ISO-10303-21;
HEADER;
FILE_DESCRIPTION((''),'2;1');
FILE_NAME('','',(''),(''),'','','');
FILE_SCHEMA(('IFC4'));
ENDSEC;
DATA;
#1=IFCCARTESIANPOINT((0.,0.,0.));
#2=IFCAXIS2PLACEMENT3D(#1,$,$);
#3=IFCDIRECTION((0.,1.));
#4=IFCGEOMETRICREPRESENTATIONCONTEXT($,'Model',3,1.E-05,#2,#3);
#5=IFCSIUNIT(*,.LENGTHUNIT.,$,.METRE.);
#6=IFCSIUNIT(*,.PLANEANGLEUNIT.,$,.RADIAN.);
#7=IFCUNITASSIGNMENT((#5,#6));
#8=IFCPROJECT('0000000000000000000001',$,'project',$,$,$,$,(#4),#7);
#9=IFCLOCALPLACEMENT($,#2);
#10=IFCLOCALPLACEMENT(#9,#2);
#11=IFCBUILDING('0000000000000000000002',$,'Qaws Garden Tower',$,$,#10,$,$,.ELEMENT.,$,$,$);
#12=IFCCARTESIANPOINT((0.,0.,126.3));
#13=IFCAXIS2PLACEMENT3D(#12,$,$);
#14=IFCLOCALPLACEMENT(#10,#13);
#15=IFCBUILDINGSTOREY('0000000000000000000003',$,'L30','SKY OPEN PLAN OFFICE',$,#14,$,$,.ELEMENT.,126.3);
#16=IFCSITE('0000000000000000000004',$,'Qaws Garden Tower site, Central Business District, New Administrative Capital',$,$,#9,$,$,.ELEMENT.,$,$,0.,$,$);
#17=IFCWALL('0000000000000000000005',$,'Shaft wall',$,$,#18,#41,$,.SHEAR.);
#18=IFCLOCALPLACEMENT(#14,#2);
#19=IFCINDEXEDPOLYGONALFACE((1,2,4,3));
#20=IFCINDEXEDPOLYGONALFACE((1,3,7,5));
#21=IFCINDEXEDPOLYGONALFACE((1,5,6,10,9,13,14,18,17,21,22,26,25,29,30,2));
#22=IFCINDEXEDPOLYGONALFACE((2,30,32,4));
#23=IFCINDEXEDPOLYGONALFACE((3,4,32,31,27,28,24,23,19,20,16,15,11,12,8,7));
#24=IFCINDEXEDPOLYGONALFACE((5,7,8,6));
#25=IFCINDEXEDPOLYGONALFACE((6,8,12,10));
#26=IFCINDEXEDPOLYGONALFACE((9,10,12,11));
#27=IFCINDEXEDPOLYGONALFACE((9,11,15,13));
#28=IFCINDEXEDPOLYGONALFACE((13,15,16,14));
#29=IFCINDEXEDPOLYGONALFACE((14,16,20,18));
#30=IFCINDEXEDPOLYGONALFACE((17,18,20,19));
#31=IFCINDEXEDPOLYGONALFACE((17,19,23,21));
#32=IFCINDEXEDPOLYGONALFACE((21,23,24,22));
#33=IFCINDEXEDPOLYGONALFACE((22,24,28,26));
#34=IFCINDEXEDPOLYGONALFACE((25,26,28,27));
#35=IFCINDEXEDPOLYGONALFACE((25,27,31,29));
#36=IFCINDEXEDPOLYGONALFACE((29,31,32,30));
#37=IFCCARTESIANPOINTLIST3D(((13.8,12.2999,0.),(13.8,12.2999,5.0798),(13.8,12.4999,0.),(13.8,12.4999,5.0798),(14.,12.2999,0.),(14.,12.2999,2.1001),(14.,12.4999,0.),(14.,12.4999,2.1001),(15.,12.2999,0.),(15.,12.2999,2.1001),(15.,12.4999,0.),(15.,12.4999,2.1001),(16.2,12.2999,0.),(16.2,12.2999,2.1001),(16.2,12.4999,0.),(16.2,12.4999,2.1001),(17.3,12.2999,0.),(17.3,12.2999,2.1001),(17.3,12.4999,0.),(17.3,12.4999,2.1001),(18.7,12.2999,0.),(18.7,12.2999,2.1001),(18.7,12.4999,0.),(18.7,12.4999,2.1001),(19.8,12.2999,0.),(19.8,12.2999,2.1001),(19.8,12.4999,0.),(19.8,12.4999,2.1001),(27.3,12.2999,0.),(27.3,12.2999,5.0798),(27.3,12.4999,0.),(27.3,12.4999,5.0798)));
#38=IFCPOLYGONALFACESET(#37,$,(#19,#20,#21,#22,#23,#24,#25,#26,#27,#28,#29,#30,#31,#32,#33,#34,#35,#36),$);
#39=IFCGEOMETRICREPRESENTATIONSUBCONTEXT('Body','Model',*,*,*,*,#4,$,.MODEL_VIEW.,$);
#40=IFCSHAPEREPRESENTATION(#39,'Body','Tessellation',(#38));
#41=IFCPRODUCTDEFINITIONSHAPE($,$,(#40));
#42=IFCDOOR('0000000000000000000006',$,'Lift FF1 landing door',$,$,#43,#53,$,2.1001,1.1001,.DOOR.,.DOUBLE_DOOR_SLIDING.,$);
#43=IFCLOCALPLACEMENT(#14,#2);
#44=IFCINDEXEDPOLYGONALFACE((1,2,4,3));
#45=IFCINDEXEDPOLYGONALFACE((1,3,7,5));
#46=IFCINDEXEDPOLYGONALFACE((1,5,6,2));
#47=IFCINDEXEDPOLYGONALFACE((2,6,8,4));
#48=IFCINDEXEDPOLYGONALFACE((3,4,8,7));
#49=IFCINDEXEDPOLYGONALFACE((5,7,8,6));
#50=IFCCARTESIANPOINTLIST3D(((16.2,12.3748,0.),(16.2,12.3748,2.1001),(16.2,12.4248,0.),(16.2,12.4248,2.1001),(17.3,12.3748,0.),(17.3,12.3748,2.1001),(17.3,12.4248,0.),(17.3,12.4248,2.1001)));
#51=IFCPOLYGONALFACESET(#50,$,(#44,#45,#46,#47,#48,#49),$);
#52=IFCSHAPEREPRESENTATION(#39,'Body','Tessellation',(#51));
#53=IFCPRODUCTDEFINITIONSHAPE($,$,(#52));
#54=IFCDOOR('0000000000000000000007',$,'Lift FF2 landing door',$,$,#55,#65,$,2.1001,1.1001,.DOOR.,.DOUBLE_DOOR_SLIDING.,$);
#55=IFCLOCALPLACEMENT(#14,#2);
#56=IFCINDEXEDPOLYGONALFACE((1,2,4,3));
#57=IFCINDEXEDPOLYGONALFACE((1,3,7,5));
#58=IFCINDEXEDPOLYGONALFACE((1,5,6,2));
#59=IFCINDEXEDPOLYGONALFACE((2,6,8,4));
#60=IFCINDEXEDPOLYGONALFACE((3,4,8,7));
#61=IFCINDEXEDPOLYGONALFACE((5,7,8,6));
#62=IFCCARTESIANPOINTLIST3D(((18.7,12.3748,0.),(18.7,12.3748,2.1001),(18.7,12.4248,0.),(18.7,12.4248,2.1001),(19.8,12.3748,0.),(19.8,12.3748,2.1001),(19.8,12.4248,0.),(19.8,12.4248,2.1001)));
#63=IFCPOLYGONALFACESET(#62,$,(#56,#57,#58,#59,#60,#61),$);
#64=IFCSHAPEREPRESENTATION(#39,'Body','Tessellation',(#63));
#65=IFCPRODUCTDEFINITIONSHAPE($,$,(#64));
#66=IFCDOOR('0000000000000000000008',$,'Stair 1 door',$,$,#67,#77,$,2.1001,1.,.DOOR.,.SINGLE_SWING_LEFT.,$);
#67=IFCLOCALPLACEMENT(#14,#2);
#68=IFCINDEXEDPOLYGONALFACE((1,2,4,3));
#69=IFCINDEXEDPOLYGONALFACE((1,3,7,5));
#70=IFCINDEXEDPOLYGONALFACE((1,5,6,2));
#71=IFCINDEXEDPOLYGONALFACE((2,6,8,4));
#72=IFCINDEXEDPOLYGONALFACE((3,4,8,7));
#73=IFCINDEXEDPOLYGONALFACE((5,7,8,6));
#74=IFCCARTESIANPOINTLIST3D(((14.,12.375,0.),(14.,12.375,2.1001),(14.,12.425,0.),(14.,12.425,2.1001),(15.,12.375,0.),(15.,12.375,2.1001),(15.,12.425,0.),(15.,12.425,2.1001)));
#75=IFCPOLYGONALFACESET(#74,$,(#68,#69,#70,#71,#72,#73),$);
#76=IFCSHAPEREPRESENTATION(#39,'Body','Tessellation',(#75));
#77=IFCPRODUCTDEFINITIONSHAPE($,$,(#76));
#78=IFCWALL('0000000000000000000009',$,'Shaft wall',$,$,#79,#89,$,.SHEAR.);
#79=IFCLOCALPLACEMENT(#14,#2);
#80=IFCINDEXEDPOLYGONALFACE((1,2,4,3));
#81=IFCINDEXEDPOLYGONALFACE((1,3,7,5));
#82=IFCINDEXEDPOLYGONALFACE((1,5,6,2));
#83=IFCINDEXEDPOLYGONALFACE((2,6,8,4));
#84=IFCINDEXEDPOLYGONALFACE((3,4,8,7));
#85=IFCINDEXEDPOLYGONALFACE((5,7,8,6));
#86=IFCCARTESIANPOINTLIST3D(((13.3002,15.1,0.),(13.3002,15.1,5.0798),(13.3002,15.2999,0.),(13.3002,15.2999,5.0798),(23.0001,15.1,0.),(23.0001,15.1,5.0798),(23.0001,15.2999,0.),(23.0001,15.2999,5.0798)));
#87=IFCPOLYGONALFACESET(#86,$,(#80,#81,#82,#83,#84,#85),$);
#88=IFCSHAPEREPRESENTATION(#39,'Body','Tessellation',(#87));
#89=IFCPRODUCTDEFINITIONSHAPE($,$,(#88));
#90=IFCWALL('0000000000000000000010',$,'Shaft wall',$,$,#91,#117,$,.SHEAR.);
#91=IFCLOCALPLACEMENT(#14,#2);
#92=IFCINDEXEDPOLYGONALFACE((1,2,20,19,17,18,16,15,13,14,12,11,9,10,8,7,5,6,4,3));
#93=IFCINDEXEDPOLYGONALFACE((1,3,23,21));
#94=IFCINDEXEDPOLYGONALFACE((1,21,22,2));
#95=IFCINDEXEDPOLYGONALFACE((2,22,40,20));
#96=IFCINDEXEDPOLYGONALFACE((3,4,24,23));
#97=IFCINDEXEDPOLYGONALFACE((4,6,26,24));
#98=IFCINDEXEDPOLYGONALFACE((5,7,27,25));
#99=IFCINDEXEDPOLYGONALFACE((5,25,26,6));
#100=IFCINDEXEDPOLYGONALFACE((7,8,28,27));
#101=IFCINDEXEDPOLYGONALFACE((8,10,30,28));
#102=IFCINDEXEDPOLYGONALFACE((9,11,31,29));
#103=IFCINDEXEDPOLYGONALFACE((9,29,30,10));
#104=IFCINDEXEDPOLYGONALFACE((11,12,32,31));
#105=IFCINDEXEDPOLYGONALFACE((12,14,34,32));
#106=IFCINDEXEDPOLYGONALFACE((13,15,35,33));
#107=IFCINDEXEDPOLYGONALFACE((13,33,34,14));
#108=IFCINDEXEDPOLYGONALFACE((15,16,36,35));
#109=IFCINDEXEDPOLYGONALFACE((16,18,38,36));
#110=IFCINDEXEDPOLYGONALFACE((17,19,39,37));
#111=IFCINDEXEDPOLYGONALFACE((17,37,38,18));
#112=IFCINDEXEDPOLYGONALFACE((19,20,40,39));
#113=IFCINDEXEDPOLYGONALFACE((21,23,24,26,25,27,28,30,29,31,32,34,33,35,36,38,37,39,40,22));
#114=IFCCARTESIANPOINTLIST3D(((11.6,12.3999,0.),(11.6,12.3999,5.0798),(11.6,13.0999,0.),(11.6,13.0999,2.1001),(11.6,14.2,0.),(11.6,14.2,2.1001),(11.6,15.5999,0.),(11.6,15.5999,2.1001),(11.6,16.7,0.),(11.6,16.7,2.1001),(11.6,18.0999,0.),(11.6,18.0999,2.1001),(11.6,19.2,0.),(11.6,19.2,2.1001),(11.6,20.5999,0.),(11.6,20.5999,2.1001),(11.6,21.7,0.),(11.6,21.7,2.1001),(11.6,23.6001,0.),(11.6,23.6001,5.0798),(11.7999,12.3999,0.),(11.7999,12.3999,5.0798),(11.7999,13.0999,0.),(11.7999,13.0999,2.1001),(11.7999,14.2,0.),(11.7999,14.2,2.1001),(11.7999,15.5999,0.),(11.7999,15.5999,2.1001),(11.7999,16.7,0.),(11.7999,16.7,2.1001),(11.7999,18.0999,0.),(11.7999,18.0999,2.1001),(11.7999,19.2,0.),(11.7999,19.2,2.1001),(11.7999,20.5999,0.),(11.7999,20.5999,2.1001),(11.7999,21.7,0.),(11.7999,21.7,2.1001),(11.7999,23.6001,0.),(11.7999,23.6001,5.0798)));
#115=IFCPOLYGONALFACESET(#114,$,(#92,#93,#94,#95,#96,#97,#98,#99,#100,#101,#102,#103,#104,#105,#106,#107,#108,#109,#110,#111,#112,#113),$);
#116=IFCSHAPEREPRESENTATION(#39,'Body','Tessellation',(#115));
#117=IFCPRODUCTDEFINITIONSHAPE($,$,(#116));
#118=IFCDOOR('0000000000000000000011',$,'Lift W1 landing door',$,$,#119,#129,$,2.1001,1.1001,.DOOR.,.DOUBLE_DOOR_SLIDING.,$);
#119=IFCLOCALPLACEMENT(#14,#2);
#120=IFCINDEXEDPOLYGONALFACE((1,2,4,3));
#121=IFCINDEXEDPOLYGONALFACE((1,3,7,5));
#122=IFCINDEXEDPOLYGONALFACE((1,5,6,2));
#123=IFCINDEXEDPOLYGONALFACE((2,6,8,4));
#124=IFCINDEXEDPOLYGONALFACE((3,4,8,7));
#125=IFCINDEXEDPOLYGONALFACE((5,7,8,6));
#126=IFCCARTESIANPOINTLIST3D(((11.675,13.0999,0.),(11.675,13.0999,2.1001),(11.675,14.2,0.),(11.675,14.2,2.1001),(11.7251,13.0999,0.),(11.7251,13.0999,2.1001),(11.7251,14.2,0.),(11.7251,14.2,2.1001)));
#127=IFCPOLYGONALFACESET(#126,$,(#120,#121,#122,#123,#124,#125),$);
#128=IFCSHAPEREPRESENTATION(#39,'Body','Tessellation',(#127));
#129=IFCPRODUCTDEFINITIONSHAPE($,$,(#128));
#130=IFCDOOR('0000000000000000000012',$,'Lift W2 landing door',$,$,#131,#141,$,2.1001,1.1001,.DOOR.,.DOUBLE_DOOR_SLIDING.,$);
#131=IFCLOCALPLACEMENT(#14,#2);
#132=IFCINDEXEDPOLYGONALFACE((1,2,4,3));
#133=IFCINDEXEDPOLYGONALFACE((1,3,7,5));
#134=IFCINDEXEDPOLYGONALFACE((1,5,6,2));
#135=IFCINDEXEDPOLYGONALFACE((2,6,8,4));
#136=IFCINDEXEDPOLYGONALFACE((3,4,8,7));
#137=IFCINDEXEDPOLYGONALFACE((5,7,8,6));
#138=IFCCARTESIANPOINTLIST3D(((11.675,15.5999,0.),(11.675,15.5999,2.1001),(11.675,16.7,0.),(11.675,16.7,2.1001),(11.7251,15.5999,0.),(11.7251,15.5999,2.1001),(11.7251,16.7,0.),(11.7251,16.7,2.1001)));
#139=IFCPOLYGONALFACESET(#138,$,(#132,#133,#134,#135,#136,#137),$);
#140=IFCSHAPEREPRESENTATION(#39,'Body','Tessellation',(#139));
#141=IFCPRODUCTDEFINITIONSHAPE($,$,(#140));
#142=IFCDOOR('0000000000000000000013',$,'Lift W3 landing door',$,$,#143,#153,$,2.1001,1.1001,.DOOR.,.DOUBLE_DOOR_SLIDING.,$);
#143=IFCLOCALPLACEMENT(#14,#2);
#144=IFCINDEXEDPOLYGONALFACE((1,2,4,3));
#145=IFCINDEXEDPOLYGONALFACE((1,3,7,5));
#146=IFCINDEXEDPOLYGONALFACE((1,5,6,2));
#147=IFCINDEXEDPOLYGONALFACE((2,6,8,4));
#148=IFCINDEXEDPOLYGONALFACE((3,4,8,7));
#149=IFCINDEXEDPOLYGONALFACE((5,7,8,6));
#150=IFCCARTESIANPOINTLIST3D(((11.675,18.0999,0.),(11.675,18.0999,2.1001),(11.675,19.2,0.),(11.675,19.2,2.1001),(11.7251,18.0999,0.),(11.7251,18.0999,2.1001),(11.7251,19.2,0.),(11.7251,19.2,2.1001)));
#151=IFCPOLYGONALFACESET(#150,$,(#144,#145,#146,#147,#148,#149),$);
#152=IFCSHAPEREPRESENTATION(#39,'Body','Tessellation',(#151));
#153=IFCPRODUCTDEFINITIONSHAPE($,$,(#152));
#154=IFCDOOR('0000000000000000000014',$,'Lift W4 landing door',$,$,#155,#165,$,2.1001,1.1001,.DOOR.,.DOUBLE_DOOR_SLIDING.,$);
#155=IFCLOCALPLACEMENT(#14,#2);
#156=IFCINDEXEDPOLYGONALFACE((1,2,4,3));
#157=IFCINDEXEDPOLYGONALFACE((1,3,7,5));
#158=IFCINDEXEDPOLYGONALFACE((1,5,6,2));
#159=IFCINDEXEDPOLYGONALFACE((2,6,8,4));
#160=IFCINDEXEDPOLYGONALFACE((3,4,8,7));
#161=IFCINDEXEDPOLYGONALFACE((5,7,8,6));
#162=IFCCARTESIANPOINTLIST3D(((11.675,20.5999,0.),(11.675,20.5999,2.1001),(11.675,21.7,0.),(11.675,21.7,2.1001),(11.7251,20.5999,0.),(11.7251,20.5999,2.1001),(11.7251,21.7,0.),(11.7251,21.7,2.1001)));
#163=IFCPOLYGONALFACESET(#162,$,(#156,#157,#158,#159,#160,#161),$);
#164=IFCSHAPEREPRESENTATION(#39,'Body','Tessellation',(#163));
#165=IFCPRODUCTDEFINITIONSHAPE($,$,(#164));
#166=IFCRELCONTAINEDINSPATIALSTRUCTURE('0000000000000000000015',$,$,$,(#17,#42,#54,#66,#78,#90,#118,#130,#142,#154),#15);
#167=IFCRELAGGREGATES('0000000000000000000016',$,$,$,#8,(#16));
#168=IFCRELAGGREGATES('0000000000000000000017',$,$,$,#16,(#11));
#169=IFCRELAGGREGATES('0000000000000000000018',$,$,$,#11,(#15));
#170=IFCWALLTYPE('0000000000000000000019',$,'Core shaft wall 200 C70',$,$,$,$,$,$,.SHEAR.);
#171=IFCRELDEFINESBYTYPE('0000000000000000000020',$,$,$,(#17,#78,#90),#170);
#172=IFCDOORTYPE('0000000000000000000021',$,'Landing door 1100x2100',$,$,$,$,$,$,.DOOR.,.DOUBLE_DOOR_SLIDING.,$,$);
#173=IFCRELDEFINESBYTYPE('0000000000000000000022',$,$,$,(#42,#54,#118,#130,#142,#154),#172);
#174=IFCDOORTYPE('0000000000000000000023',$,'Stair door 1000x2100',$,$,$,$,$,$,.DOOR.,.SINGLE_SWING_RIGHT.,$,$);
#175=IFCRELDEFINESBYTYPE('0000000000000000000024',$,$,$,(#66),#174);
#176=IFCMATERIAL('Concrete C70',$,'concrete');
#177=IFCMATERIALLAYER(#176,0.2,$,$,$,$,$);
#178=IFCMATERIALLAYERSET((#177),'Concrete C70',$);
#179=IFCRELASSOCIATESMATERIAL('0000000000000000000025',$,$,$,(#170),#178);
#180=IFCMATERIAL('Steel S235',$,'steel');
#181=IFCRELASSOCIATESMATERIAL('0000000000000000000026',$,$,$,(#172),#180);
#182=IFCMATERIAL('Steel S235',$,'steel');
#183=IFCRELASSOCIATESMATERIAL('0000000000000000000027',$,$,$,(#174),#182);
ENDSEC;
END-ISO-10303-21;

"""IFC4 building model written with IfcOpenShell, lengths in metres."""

from ifc_helpers import new_model, si_unit, direction, frame, frame_2d, origin, place, context, subcontext, project, spatial, rectangle, extrude, material, layer, layer_set, type_object, element, fill, save


model = new_model("IFC4")

# Units and contexts
model_context = context("Model", 3, precision=1e-05, world=origin(), true_north=direction((0.0, 1.0)))
body_context = subcontext(model_context, "Body", "Model", "MODEL_VIEW")
ifc_project = project(units=[si_unit("LENGTHUNIT", "METRE"), si_unit("PLANEANGLEUNIT", "RADIAN")], contexts=[model_context])

# Site, building, storey
site_placement = place(None, origin())
site = spatial("IfcSite", under=ifc_project, at=site_placement, Name="Qaws Garden Tower site, Central Business District, New Administrative Capital", CompositionType="ELEMENT", RefElevation=0.0)
building_placement = place(site_placement, origin())
building = spatial("IfcBuilding", under=site, at=building_placement, Name="Qaws Garden Tower", CompositionType="ELEMENT")
storey_placement = place(building_placement, frame((0.0, 0.0, 126.3)))
storey = spatial("IfcBuildingStorey", under=building, at=storey_placement, Name="L30", Description="SKY OPEN PLAN OFFICE", CompositionType="ELEMENT", Elevation=126.3)

# Wall, openings, doors
ifc_material_1 = material(Name="Concrete C70", Category="concrete")
ifc_layer_1 = layer(ifc_material_1, 0.2)
ifc_layer_set_1 = layer_set([ifc_layer_1], Name="Concrete C70")
wall_type_1 = type_object("IfcWallType", Name="Core shaft wall 200 C70", PredefinedType="SHEAR", material=ifc_layer_set_1)
wall_1_placement = place(storey_placement, frame((13.8, 12.3999, 0.0), z_axis=(0.0, 0.0, 1.0), x_axis=(1.0, 0.0, 0.0)))
wall_1 = element("IfcWall", 1, at=wall_1_placement, inside=storey, type_object=wall_type_1, Name="Shaft wall", PredefinedType="SHEAR", context=body_context, shape_type="SweptSolid", body=[
    extrude(rectangle(XDim=13.5, YDim=0.2, at=frame_2d((6.75, 0.0))), origin(), (0.0, 0.0, 1.0), 5.0798),
])
opening_1_placement = place(wall_1_placement, frame((2.3999, 0.0, 0.0)))
opening_1 = element("IfcOpeningElement", 2, at=opening_1_placement, cuts=wall_1, PredefinedType="OPENING", context=body_context, shape_type="SweptSolid", body=[
    extrude(rectangle(XDim=1.1001, YDim=2.1001, at=frame_2d((0.55, 1.05))), frame((0.0, 0.1099, 0.0), z_axis=(0.0, -1.0, 0.0), x_axis=(1.0, 0.0, 0.0)), (0.0, 0.0, 1.0), 0.22),
])
opening_2_placement = place(wall_1_placement, frame((4.8999, 0.0, 0.0)))
opening_2 = element("IfcOpeningElement", 3, at=opening_2_placement, cuts=wall_1, PredefinedType="OPENING", context=body_context, shape_type="SweptSolid", body=[
    extrude(rectangle(XDim=1.1001, YDim=2.1001, at=frame_2d((0.55, 1.05))), frame((0.0, 0.1099, 0.0), z_axis=(0.0, -1.0, 0.0), x_axis=(1.0, 0.0, 0.0)), (0.0, 0.0, 1.0), 0.22),
])
opening_3_placement = place(wall_1_placement, frame((0.2, 0.0, 0.0)))
opening_3 = element("IfcOpeningElement", 4, at=opening_3_placement, cuts=wall_1, PredefinedType="OPENING", context=body_context, shape_type="SweptSolid", body=[
    extrude(rectangle(XDim=1.0, YDim=2.1001, at=frame_2d((0.5, 1.05))), frame((0.0, 0.1099, 0.0), z_axis=(0.0, -1.0, 0.0), x_axis=(1.0, 0.0, 0.0)), (0.0, 0.0, 1.0), 0.22),
])
ifc_material_2 = material(Name="Steel S235", Category="steel")
door_type_1 = type_object("IfcDoorType", Name="Landing door 1100x2100", OperationType="DOUBLE_DOOR_SLIDING", PredefinedType="DOOR", material=ifc_material_2)
door_1_placement = place(opening_1_placement, origin())
door_1 = element("IfcDoor", 5, at=door_1_placement, inside=storey, type_object=door_type_1, Name="Lift FF1 landing door", OperationType="DOUBLE_DOOR_SLIDING", OverallHeight=2.1001, OverallWidth=1.1001, PredefinedType="DOOR", context=body_context, shape_type="SweptSolid", body=[
    extrude(rectangle(XDim=1.1001, YDim=2.1001, at=frame_2d((0.55, 1.05))), frame((0.0, 0.0249, 0.0), z_axis=(0.0, -1.0, 0.0), x_axis=(1.0, 0.0, 0.0)), (0.0, 0.0, 1.0), 0.05),
])
fill(opening_1, door_1)
door_2_placement = place(opening_2_placement, origin())
door_2 = element("IfcDoor", 6, at=door_2_placement, inside=storey, type_object=door_type_1, Name="Lift FF2 landing door", OperationType="DOUBLE_DOOR_SLIDING", OverallHeight=2.1001, OverallWidth=1.1001, PredefinedType="DOOR", context=body_context, shape_type="SweptSolid", body=[
    extrude(rectangle(XDim=1.1001, YDim=2.1001, at=frame_2d((0.55, 1.05))), frame((0.0, 0.0249, 0.0), z_axis=(0.0, -1.0, 0.0), x_axis=(1.0, 0.0, 0.0)), (0.0, 0.0, 1.0), 0.05),
])
fill(opening_2, door_2)
ifc_material_3 = material(Name="Steel S235", Category="steel")
door_type_2 = type_object("IfcDoorType", Name="Stair door 1000x2100", OperationType="SINGLE_SWING_RIGHT", PredefinedType="DOOR", material=ifc_material_3)
door_3_placement = place(opening_3_placement, frame((1.0, 0.0, 0.0), z_axis=(0.0, 0.0, 1.0), x_axis=(-1.0, 0.0, 0.0)))
door_3 = element("IfcDoor", 7, at=door_3_placement, inside=storey, type_object=door_type_2, Name="Stair 1 door", OperationType="SINGLE_SWING_LEFT", OverallHeight=2.1001, OverallWidth=1.0, PredefinedType="DOOR", context=body_context, shape_type="SweptSolid", body=[
    extrude(rectangle(XDim=1.0, YDim=2.1001, at=frame_2d((0.5, 1.05))), frame((0.0, 0.0249, 0.0), z_axis=(0.0, -1.0, 0.0), x_axis=(1.0, 0.0, 0.0)), (0.0, 0.0, 1.0), 0.05),
])
fill(opening_3, door_3)

# Wall
wall_2_placement = place(storey_placement, frame((13.3, 15.2, 0.0), z_axis=(0.0, 0.0, 1.0), x_axis=(1.0, 0.0, 0.0)))
element("IfcWall", 8, at=wall_2_placement, inside=storey, type_object=wall_type_1, Name="Shaft wall", PredefinedType="SHEAR", context=body_context, shape_type="SweptSolid", body=[
    extrude(rectangle(XDim=9.7, YDim=0.2, at=frame_2d((4.8501, 0.0))), origin(), (0.0, 0.0, 1.0), 5.0798),
])

# Wall, openings, doors
wall_3_placement = place(storey_placement, frame((11.7, 12.3999, 0.0), z_axis=(0.0, 0.0, 1.0), x_axis=(0.0, 1.0, 0.0)))
wall_3 = element("IfcWall", 9, at=wall_3_placement, inside=storey, type_object=wall_type_1, Name="Shaft wall", PredefinedType="SHEAR", context=body_context, shape_type="SweptSolid", body=[
    extrude(rectangle(XDim=11.2002, YDim=0.2, at=frame_2d((5.6001, 0.0))), origin(), (0.0, 0.0, 1.0), 5.0798),
])
opening_4_placement = place(wall_3_placement, frame((0.7, 0.0, 0.0)))
opening_4 = element("IfcOpeningElement", 10, at=opening_4_placement, cuts=wall_3, PredefinedType="OPENING", context=body_context, shape_type="SweptSolid", body=[
    extrude(rectangle(XDim=1.1001, YDim=2.1001, at=frame_2d((0.55, 1.05))), frame((0.0, 0.1099, 0.0), z_axis=(0.0, -1.0, 0.0), x_axis=(1.0, 0.0, 0.0)), (0.0, 0.0, 1.0), 0.22),
])
opening_5_placement = place(wall_3_placement, frame((3.2, 0.0, 0.0)))
opening_5 = element("IfcOpeningElement", 11, at=opening_5_placement, cuts=wall_3, PredefinedType="OPENING", context=body_context, shape_type="SweptSolid", body=[
    extrude(rectangle(XDim=1.1001, YDim=2.1001, at=frame_2d((0.55, 1.05))), frame((0.0, 0.1099, 0.0), z_axis=(0.0, -1.0, 0.0), x_axis=(1.0, 0.0, 0.0)), (0.0, 0.0, 1.0), 0.22),
])
opening_6_placement = place(wall_3_placement, frame((5.7, 0.0, 0.0)))
opening_6 = element("IfcOpeningElement", 12, at=opening_6_placement, cuts=wall_3, PredefinedType="OPENING", context=body_context, shape_type="SweptSolid", body=[
    extrude(rectangle(XDim=1.1001, YDim=2.1001, at=frame_2d((0.55, 1.05))), frame((0.0, 0.1099, 0.0), z_axis=(0.0, -1.0, 0.0), x_axis=(1.0, 0.0, 0.0)), (0.0, 0.0, 1.0), 0.22),
])
opening_7_placement = place(wall_3_placement, frame((8.2, 0.0, 0.0)))
opening_7 = element("IfcOpeningElement", 13, at=opening_7_placement, cuts=wall_3, PredefinedType="OPENING", context=body_context, shape_type="SweptSolid", body=[
    extrude(rectangle(XDim=1.1001, YDim=2.1001, at=frame_2d((0.55, 1.05))), frame((0.0, 0.1099, 0.0), z_axis=(0.0, -1.0, 0.0), x_axis=(1.0, 0.0, 0.0)), (0.0, 0.0, 1.0), 0.22),
])
door_4_placement = place(opening_4_placement, origin())
door_4 = element("IfcDoor", 14, at=door_4_placement, inside=storey, type_object=door_type_1, Name="Lift W1 landing door", OperationType="DOUBLE_DOOR_SLIDING", OverallHeight=2.1001, OverallWidth=1.1001, PredefinedType="DOOR", context=body_context, shape_type="SweptSolid", body=[
    extrude(rectangle(XDim=1.1001, YDim=2.1001, at=frame_2d((0.55, 1.05))), frame((0.0, 0.0249, 0.0), z_axis=(0.0, -1.0, 0.0), x_axis=(1.0, 0.0, 0.0)), (0.0, 0.0, 1.0), 0.05),
])
fill(opening_4, door_4)
door_5_placement = place(opening_5_placement, origin())
door_5 = element("IfcDoor", 15, at=door_5_placement, inside=storey, type_object=door_type_1, Name="Lift W2 landing door", OperationType="DOUBLE_DOOR_SLIDING", OverallHeight=2.1001, OverallWidth=1.1001, PredefinedType="DOOR", context=body_context, shape_type="SweptSolid", body=[
    extrude(rectangle(XDim=1.1001, YDim=2.1001, at=frame_2d((0.55, 1.05))), frame((0.0, 0.0249, 0.0), z_axis=(0.0, -1.0, 0.0), x_axis=(1.0, 0.0, 0.0)), (0.0, 0.0, 1.0), 0.05),
])
fill(opening_5, door_5)
door_6_placement = place(opening_6_placement, origin())
door_6 = element("IfcDoor", 16, at=door_6_placement, inside=storey, type_object=door_type_1, Name="Lift W3 landing door", OperationType="DOUBLE_DOOR_SLIDING", OverallHeight=2.1001, OverallWidth=1.1001, PredefinedType="DOOR", context=body_context, shape_type="SweptSolid", body=[
    extrude(rectangle(XDim=1.1001, YDim=2.1001, at=frame_2d((0.55, 1.05))), frame((0.0, 0.0249, 0.0), z_axis=(0.0, -1.0, 0.0), x_axis=(1.0, 0.0, 0.0)), (0.0, 0.0, 1.0), 0.05),
])
fill(opening_6, door_6)
door_7_placement = place(opening_7_placement, origin())
door_7 = element("IfcDoor", 17, at=door_7_placement, inside=storey, type_object=door_type_1, Name="Lift W4 landing door", OperationType="DOUBLE_DOOR_SLIDING", OverallHeight=2.1001, OverallWidth=1.1001, PredefinedType="DOOR", context=body_context, shape_type="SweptSolid", body=[
    extrude(rectangle(XDim=1.1001, YDim=2.1001, at=frame_2d((0.55, 1.05))), frame((0.0, 0.0249, 0.0), z_axis=(0.0, -1.0, 0.0), x_axis=(1.0, 0.0, 0.0)), (0.0, 0.0, 1.0), 0.05),
])
fill(opening_7, door_7)

save(model, "model.ifc")
